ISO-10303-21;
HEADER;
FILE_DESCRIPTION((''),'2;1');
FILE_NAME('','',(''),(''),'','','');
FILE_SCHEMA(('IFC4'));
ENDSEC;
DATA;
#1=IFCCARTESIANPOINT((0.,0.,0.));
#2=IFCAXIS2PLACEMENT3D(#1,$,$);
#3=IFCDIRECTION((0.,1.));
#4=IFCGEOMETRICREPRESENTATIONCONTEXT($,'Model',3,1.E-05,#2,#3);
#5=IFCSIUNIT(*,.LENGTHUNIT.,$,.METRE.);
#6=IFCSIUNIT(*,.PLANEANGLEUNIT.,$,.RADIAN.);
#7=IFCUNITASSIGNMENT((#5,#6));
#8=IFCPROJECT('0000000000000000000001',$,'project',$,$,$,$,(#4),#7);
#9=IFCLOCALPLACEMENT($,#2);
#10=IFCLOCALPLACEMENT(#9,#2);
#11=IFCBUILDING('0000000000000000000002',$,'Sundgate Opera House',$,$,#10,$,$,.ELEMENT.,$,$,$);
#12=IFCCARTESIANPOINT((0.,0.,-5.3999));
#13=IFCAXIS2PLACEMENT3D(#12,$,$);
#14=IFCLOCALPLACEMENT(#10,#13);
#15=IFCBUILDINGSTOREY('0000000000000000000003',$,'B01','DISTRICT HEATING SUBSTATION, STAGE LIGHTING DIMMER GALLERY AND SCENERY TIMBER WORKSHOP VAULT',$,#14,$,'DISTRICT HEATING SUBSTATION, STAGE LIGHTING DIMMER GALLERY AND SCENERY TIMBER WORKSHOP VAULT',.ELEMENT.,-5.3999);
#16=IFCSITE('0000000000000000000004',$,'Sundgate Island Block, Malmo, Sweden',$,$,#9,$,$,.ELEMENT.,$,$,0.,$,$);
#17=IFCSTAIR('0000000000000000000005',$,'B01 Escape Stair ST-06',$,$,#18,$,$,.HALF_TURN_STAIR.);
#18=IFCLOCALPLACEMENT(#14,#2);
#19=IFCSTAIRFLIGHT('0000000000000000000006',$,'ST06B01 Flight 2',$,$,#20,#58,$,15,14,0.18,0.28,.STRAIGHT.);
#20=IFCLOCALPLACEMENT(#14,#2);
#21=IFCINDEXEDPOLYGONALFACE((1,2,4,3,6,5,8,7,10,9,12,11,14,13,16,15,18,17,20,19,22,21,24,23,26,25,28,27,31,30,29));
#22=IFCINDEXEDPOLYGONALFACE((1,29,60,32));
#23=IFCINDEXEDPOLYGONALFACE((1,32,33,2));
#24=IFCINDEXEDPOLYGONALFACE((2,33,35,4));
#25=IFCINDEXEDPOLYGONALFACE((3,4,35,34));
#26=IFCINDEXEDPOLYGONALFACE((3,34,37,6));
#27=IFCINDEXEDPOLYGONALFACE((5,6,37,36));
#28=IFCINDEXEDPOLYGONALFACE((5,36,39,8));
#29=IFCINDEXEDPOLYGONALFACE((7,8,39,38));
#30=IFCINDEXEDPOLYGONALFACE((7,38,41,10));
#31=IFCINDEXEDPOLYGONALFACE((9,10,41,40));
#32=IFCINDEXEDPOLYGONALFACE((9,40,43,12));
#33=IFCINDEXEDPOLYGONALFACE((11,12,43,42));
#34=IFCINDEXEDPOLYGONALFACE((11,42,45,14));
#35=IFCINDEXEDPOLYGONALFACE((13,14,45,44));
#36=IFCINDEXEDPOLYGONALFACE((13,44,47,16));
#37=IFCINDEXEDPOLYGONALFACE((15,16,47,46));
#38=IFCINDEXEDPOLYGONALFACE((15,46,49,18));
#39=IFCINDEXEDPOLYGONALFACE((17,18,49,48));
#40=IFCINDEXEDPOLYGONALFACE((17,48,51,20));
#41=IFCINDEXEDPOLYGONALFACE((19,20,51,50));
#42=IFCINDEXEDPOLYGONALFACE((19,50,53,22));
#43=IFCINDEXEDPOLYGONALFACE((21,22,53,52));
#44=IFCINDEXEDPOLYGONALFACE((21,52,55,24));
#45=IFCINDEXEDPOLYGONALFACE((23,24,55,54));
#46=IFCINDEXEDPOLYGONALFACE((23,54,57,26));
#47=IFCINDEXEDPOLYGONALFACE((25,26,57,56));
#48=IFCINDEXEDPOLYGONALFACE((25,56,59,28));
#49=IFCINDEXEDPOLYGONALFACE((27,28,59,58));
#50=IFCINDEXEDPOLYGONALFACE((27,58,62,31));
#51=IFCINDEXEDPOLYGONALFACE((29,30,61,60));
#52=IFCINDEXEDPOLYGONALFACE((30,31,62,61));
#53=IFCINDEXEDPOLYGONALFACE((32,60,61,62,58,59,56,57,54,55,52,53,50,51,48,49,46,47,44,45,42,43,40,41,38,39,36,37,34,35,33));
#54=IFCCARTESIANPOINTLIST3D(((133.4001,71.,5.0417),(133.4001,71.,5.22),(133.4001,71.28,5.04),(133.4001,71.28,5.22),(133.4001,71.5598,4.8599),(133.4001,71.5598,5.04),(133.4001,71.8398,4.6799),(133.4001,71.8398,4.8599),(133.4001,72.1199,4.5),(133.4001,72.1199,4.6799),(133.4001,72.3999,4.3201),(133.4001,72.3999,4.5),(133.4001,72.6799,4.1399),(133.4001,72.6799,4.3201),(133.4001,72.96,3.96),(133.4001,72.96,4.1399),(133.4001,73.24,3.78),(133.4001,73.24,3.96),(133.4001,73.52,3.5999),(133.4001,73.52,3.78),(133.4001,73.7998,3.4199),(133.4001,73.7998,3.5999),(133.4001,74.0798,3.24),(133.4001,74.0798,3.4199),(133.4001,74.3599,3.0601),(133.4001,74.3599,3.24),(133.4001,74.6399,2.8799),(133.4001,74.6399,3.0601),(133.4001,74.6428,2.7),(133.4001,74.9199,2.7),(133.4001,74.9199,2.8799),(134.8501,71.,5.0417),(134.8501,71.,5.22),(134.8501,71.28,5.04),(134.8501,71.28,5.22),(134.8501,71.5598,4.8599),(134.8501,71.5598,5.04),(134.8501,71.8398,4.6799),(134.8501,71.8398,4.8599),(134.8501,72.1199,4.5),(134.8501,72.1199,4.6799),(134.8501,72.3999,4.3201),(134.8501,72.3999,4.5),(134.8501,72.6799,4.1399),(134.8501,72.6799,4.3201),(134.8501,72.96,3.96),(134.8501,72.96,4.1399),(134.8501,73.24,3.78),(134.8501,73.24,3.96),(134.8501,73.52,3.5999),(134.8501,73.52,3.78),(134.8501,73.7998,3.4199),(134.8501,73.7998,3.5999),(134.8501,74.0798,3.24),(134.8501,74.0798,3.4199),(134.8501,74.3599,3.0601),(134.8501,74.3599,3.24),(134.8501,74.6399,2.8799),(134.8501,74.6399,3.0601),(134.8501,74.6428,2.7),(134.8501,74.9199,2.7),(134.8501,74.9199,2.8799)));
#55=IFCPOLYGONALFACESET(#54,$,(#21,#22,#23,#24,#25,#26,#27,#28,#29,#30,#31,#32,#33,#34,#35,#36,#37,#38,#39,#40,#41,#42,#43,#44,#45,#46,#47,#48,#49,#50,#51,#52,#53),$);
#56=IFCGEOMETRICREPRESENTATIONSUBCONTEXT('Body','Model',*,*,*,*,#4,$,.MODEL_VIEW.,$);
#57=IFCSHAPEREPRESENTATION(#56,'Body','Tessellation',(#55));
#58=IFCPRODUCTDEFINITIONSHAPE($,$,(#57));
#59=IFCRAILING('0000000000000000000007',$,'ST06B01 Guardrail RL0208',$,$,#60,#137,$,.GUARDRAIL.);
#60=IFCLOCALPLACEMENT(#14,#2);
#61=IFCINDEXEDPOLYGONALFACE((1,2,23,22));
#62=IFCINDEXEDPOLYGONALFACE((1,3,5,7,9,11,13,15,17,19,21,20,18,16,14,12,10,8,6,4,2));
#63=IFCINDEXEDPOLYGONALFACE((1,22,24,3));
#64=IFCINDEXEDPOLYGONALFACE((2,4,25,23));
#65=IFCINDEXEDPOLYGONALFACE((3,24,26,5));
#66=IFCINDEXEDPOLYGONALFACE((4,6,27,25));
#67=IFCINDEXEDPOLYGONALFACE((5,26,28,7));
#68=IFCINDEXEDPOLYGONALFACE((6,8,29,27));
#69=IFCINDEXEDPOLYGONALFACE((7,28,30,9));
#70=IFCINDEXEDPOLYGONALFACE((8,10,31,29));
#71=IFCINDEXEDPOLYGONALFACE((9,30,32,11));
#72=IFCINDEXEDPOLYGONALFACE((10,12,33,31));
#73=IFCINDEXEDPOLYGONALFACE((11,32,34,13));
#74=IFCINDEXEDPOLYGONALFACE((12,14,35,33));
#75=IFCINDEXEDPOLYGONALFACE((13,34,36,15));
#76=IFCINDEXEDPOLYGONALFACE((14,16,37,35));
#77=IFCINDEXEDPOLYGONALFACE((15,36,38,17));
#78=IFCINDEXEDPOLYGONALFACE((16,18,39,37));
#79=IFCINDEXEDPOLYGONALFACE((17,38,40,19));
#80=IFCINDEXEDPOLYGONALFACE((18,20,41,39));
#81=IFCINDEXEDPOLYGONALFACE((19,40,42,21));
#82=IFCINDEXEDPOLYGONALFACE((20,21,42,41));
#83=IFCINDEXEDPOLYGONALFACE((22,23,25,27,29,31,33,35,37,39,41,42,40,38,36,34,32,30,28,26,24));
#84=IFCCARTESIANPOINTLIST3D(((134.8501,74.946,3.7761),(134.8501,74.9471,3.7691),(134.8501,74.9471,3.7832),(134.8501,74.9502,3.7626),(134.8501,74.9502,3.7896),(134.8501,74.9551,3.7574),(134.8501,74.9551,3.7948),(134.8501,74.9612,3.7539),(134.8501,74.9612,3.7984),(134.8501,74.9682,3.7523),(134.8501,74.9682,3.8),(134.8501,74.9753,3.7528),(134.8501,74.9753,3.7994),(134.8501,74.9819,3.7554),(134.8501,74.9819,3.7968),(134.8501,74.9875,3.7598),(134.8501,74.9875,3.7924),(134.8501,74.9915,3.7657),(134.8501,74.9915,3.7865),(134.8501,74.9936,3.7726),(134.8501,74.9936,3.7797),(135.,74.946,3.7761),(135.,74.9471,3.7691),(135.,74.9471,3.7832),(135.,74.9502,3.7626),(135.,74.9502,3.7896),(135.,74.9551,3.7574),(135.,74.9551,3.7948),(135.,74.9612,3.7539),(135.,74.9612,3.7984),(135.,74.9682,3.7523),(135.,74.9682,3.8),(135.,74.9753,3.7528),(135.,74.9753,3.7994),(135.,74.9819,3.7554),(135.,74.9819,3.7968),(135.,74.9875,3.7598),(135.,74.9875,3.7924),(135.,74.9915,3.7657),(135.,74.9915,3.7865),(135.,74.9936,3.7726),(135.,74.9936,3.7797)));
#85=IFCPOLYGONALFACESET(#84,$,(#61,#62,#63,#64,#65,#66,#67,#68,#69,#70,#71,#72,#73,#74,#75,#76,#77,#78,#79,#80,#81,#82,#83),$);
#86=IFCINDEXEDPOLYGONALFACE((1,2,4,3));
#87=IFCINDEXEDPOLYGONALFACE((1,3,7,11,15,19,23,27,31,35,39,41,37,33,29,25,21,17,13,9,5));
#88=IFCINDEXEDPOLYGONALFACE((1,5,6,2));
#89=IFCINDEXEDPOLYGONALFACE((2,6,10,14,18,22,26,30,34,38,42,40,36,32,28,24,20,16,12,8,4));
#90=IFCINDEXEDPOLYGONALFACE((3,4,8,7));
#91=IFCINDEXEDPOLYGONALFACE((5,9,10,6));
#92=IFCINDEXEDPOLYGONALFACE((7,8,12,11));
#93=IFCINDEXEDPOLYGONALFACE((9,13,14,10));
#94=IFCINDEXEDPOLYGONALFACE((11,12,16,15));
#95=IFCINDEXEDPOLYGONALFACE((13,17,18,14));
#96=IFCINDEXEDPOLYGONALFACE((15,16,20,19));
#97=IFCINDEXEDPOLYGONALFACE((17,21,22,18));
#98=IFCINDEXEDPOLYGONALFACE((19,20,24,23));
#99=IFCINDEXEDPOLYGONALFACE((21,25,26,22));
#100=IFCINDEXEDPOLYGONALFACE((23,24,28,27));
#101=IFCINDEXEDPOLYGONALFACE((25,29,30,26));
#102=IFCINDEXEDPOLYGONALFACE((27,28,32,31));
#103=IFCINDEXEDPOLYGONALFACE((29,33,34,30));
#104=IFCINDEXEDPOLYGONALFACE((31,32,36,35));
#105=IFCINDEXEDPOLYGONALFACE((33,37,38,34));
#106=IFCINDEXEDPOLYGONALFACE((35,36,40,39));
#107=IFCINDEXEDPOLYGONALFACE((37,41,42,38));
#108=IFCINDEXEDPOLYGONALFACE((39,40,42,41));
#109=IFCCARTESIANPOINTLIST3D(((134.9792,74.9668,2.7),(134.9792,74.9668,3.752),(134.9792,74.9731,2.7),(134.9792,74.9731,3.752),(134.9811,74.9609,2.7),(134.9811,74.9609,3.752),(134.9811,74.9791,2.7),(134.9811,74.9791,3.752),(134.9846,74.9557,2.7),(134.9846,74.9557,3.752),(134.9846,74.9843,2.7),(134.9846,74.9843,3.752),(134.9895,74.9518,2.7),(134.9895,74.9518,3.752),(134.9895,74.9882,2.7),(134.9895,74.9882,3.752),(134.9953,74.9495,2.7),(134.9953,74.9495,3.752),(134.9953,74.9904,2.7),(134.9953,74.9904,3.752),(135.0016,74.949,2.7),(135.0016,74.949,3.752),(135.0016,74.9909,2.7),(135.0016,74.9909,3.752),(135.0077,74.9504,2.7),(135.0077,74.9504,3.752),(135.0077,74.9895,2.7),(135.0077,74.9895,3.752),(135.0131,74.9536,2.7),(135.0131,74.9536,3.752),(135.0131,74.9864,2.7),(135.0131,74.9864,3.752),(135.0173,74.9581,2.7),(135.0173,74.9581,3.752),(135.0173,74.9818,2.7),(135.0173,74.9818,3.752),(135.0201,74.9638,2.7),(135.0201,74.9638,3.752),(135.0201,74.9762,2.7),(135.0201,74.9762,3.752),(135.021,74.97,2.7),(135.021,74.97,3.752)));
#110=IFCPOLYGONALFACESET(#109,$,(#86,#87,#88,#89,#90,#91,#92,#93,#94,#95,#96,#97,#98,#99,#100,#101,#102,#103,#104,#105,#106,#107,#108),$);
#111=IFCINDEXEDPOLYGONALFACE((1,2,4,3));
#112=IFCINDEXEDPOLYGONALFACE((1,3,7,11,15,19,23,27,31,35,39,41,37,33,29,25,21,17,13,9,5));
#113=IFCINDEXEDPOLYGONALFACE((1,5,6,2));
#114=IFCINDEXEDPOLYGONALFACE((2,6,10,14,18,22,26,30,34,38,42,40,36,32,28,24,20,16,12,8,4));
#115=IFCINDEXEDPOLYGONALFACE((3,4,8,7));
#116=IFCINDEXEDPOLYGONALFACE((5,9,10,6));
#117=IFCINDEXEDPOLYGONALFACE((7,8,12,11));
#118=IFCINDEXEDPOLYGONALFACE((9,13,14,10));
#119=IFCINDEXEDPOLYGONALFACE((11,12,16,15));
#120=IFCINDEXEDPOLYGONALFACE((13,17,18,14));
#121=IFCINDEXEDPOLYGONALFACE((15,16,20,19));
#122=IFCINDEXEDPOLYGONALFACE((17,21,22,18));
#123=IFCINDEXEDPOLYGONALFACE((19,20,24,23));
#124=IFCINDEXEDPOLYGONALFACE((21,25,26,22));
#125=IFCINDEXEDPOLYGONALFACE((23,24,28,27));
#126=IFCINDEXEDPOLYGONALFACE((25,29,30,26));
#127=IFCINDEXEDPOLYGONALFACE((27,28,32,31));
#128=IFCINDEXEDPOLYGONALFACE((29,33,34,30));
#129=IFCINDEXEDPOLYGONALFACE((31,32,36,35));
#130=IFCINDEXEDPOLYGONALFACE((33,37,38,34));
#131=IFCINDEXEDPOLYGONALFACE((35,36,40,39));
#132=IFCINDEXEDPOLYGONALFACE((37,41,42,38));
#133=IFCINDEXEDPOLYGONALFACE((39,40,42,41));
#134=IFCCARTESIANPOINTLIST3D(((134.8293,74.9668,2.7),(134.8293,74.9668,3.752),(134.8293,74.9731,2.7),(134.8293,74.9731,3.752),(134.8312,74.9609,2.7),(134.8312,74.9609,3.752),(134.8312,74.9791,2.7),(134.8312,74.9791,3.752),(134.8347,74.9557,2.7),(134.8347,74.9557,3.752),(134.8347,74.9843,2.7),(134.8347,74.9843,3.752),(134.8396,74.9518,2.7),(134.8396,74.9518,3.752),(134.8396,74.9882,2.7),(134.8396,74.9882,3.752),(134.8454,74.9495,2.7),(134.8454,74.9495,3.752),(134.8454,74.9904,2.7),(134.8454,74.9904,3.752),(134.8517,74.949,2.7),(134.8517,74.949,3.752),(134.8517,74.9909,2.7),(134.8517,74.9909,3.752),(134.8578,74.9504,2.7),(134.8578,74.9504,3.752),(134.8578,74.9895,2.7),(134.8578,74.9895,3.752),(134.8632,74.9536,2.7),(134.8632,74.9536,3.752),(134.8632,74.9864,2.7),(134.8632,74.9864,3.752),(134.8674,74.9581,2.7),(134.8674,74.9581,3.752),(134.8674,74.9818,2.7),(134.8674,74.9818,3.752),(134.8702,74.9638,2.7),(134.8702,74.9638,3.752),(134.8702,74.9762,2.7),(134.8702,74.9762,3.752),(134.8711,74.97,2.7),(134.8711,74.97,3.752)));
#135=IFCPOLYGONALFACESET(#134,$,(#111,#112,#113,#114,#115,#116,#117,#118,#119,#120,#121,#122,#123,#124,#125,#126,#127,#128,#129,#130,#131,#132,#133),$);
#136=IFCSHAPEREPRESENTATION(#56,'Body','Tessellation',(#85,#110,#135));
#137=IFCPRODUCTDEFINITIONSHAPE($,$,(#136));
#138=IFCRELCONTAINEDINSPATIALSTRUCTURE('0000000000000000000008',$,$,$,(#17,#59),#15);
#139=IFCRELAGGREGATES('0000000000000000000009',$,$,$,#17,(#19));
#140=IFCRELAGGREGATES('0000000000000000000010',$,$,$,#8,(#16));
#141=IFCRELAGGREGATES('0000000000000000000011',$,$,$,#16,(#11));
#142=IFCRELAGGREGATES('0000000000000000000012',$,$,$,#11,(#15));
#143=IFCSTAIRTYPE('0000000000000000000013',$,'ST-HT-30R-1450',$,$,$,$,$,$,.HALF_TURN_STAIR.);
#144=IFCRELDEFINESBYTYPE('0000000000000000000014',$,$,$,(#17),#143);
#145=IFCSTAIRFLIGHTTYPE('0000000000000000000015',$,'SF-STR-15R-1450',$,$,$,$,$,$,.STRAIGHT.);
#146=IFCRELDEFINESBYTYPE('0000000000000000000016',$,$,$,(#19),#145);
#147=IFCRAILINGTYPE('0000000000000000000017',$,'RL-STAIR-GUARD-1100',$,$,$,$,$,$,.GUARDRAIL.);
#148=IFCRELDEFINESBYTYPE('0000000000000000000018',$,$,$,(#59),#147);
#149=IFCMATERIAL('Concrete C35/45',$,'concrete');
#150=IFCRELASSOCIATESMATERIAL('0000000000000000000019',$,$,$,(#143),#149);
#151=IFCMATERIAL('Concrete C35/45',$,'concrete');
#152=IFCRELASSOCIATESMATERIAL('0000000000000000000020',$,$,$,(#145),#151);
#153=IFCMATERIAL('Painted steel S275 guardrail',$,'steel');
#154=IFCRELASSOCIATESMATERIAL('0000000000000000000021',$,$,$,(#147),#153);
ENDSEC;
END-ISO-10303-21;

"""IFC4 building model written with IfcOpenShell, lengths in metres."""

from ifc_helpers import new_model, si_unit, direction, frame, origin, origin_2d, place, context, subcontext, project, spatial, polyline, circle, outline, extrude, material, type_object, element, aggregate, save


model = new_model("IFC4")

# Units and contexts
model_context = context("Model", 3, precision=1e-05, world=origin(), true_north=direction((0.0, 1.0)))
body_context = subcontext(model_context, "Body", "Model", "MODEL_VIEW")
ifc_project = project(units=[si_unit("LENGTHUNIT", "METRE"), si_unit("PLANEANGLEUNIT", "RADIAN")], contexts=[model_context])

# Site, building, storey
site_placement = place(None, origin())
site = spatial("IfcSite", under=ifc_project, at=site_placement, Name="Sundgate Island Block, Malmo, Sweden", CompositionType="ELEMENT", RefElevation=0.0)
building_placement = place(site_placement, origin())
building = spatial("IfcBuilding", under=site, at=building_placement, Name="Sundgate Opera House", CompositionType="ELEMENT")
storey_placement = place(building_placement, frame((0.0, 0.0, -5.3999)))
storey = spatial("IfcBuildingStorey", under=building, at=storey_placement, Name="B01", Description="DISTRICT HEATING SUBSTATION, STAGE LIGHTING DIMMER GALLERY AND SCENERY TIMBER WORKSHOP VAULT", LongName="DISTRICT HEATING SUBSTATION, STAGE LIGHTING DIMMER GALLERY AND SCENERY TIMBER WORKSHOP VAULT", CompositionType="ELEMENT", Elevation=-5.3999)

# Stair, stair flight
ifc_material_1 = material(Name="Concrete C35/45", Category="concrete")
stair_type = type_object("IfcStairType", Name="ST-HT-30R-1450", PredefinedType="HALF_TURN_STAIR", material=ifc_material_1)
stair_placement = place(storey_placement, origin())
stair = element("IfcStair", 1, at=stair_placement, inside=storey, type_object=stair_type, Name="B01 Escape Stair ST-06", PredefinedType="HALF_TURN_STAIR")
ifc_material_2 = material(Name="Concrete C35/45", Category="concrete")
stair_flight_type = type_object("IfcStairFlightType", Name="SF-STR-15R-1450", PredefinedType="STRAIGHT", material=ifc_material_2)
stair_flight_placement = place(storey_placement, frame((134.125, 74.9199, 2.7), z_axis=(0.0, 0.0, 1.0), x_axis=(0.0, -1.0, 0.0)))
stair_flight = element("IfcStairFlight", 2, at=stair_flight_placement, type_object=stair_flight_type, Name="ST06B01 Flight 2", NumberOfRisers=15, NumberOfTreads=14, PredefinedType="STRAIGHT", RiserHeight=0.18, TreadLength=0.28, context=body_context, shape_type="SweptSolid", body=[
    extrude(outline(polyline([(0.0, 0.0), (0.0, 0.1799), (0.28, 0.1799), (0.28, 0.3601), (0.5601, 0.3601), (0.5601, 0.54), (0.8401, 0.54), (0.8401, 0.72), (1.1201, 0.72), (1.1201, 0.8999), (1.3999, 0.8999), (1.3999, 1.0801), (1.6799, 1.0801), (1.6799, 1.26), (1.96, 1.26), (1.96, 1.4399), (2.24, 1.4399), (2.24, 1.6201), (2.52, 1.6201), (2.52, 1.8), (2.8, 1.8), (2.8, 1.98), (3.0801, 1.98), (3.0801, 2.1599), (3.3601, 2.1599), (3.3601, 2.3401), (3.6399, 2.3401), (3.6399, 2.52), (3.9199, 2.52), (3.9199, 2.7), (3.9199, 2.3418), (0.2771, 0.0), (0.0, 0.0)])), frame((0.0, 0.7251, 0.0), z_axis=(0.0, -1.0, 0.0), x_axis=(1.0, 0.0, 0.0)), (0.0, 0.0, 1.0), 1.45),
])
aggregate(stair, [stair_flight])

# Railing
ifc_material_3 = material(Name="Painted steel S275 guardrail", Category="steel")
railing_type_1 = type_object("IfcRailingType", Name="RL-STAIR-GUARD-1100", PredefinedType="GUARDRAIL", material=ifc_material_3)
railing_1_placement = place(storey_placement, frame((135.0, 74.97, 2.7)))
element("IfcRailing", 3, at=railing_1_placement, inside=storey, type_object=railing_type_1, Name="ST06B01 Guardrail RL0208", PredefinedType="GUARDRAIL", context=body_context, shape_type="SweptSolid", body=[
    extrude(circle(Radius=0.0239, at=origin_2d()), frame((0.0, 0.0, 1.0762), z_axis=(-1.0, 0.0, 0.0), x_axis=(0.0, -1.0, 0.0)), (0.0, 0.0, 1.0), 0.1499),
    extrude(circle(Radius=0.021, at=origin_2d()), origin(), (0.0, 0.0, 1.0), 1.052),
    extrude(circle(Radius=0.021, at=origin_2d()), frame((-0.1499, 0.0, 0.0)), (0.0, 0.0, 1.0), 1.052),
])

save(model, "model.ifc")
